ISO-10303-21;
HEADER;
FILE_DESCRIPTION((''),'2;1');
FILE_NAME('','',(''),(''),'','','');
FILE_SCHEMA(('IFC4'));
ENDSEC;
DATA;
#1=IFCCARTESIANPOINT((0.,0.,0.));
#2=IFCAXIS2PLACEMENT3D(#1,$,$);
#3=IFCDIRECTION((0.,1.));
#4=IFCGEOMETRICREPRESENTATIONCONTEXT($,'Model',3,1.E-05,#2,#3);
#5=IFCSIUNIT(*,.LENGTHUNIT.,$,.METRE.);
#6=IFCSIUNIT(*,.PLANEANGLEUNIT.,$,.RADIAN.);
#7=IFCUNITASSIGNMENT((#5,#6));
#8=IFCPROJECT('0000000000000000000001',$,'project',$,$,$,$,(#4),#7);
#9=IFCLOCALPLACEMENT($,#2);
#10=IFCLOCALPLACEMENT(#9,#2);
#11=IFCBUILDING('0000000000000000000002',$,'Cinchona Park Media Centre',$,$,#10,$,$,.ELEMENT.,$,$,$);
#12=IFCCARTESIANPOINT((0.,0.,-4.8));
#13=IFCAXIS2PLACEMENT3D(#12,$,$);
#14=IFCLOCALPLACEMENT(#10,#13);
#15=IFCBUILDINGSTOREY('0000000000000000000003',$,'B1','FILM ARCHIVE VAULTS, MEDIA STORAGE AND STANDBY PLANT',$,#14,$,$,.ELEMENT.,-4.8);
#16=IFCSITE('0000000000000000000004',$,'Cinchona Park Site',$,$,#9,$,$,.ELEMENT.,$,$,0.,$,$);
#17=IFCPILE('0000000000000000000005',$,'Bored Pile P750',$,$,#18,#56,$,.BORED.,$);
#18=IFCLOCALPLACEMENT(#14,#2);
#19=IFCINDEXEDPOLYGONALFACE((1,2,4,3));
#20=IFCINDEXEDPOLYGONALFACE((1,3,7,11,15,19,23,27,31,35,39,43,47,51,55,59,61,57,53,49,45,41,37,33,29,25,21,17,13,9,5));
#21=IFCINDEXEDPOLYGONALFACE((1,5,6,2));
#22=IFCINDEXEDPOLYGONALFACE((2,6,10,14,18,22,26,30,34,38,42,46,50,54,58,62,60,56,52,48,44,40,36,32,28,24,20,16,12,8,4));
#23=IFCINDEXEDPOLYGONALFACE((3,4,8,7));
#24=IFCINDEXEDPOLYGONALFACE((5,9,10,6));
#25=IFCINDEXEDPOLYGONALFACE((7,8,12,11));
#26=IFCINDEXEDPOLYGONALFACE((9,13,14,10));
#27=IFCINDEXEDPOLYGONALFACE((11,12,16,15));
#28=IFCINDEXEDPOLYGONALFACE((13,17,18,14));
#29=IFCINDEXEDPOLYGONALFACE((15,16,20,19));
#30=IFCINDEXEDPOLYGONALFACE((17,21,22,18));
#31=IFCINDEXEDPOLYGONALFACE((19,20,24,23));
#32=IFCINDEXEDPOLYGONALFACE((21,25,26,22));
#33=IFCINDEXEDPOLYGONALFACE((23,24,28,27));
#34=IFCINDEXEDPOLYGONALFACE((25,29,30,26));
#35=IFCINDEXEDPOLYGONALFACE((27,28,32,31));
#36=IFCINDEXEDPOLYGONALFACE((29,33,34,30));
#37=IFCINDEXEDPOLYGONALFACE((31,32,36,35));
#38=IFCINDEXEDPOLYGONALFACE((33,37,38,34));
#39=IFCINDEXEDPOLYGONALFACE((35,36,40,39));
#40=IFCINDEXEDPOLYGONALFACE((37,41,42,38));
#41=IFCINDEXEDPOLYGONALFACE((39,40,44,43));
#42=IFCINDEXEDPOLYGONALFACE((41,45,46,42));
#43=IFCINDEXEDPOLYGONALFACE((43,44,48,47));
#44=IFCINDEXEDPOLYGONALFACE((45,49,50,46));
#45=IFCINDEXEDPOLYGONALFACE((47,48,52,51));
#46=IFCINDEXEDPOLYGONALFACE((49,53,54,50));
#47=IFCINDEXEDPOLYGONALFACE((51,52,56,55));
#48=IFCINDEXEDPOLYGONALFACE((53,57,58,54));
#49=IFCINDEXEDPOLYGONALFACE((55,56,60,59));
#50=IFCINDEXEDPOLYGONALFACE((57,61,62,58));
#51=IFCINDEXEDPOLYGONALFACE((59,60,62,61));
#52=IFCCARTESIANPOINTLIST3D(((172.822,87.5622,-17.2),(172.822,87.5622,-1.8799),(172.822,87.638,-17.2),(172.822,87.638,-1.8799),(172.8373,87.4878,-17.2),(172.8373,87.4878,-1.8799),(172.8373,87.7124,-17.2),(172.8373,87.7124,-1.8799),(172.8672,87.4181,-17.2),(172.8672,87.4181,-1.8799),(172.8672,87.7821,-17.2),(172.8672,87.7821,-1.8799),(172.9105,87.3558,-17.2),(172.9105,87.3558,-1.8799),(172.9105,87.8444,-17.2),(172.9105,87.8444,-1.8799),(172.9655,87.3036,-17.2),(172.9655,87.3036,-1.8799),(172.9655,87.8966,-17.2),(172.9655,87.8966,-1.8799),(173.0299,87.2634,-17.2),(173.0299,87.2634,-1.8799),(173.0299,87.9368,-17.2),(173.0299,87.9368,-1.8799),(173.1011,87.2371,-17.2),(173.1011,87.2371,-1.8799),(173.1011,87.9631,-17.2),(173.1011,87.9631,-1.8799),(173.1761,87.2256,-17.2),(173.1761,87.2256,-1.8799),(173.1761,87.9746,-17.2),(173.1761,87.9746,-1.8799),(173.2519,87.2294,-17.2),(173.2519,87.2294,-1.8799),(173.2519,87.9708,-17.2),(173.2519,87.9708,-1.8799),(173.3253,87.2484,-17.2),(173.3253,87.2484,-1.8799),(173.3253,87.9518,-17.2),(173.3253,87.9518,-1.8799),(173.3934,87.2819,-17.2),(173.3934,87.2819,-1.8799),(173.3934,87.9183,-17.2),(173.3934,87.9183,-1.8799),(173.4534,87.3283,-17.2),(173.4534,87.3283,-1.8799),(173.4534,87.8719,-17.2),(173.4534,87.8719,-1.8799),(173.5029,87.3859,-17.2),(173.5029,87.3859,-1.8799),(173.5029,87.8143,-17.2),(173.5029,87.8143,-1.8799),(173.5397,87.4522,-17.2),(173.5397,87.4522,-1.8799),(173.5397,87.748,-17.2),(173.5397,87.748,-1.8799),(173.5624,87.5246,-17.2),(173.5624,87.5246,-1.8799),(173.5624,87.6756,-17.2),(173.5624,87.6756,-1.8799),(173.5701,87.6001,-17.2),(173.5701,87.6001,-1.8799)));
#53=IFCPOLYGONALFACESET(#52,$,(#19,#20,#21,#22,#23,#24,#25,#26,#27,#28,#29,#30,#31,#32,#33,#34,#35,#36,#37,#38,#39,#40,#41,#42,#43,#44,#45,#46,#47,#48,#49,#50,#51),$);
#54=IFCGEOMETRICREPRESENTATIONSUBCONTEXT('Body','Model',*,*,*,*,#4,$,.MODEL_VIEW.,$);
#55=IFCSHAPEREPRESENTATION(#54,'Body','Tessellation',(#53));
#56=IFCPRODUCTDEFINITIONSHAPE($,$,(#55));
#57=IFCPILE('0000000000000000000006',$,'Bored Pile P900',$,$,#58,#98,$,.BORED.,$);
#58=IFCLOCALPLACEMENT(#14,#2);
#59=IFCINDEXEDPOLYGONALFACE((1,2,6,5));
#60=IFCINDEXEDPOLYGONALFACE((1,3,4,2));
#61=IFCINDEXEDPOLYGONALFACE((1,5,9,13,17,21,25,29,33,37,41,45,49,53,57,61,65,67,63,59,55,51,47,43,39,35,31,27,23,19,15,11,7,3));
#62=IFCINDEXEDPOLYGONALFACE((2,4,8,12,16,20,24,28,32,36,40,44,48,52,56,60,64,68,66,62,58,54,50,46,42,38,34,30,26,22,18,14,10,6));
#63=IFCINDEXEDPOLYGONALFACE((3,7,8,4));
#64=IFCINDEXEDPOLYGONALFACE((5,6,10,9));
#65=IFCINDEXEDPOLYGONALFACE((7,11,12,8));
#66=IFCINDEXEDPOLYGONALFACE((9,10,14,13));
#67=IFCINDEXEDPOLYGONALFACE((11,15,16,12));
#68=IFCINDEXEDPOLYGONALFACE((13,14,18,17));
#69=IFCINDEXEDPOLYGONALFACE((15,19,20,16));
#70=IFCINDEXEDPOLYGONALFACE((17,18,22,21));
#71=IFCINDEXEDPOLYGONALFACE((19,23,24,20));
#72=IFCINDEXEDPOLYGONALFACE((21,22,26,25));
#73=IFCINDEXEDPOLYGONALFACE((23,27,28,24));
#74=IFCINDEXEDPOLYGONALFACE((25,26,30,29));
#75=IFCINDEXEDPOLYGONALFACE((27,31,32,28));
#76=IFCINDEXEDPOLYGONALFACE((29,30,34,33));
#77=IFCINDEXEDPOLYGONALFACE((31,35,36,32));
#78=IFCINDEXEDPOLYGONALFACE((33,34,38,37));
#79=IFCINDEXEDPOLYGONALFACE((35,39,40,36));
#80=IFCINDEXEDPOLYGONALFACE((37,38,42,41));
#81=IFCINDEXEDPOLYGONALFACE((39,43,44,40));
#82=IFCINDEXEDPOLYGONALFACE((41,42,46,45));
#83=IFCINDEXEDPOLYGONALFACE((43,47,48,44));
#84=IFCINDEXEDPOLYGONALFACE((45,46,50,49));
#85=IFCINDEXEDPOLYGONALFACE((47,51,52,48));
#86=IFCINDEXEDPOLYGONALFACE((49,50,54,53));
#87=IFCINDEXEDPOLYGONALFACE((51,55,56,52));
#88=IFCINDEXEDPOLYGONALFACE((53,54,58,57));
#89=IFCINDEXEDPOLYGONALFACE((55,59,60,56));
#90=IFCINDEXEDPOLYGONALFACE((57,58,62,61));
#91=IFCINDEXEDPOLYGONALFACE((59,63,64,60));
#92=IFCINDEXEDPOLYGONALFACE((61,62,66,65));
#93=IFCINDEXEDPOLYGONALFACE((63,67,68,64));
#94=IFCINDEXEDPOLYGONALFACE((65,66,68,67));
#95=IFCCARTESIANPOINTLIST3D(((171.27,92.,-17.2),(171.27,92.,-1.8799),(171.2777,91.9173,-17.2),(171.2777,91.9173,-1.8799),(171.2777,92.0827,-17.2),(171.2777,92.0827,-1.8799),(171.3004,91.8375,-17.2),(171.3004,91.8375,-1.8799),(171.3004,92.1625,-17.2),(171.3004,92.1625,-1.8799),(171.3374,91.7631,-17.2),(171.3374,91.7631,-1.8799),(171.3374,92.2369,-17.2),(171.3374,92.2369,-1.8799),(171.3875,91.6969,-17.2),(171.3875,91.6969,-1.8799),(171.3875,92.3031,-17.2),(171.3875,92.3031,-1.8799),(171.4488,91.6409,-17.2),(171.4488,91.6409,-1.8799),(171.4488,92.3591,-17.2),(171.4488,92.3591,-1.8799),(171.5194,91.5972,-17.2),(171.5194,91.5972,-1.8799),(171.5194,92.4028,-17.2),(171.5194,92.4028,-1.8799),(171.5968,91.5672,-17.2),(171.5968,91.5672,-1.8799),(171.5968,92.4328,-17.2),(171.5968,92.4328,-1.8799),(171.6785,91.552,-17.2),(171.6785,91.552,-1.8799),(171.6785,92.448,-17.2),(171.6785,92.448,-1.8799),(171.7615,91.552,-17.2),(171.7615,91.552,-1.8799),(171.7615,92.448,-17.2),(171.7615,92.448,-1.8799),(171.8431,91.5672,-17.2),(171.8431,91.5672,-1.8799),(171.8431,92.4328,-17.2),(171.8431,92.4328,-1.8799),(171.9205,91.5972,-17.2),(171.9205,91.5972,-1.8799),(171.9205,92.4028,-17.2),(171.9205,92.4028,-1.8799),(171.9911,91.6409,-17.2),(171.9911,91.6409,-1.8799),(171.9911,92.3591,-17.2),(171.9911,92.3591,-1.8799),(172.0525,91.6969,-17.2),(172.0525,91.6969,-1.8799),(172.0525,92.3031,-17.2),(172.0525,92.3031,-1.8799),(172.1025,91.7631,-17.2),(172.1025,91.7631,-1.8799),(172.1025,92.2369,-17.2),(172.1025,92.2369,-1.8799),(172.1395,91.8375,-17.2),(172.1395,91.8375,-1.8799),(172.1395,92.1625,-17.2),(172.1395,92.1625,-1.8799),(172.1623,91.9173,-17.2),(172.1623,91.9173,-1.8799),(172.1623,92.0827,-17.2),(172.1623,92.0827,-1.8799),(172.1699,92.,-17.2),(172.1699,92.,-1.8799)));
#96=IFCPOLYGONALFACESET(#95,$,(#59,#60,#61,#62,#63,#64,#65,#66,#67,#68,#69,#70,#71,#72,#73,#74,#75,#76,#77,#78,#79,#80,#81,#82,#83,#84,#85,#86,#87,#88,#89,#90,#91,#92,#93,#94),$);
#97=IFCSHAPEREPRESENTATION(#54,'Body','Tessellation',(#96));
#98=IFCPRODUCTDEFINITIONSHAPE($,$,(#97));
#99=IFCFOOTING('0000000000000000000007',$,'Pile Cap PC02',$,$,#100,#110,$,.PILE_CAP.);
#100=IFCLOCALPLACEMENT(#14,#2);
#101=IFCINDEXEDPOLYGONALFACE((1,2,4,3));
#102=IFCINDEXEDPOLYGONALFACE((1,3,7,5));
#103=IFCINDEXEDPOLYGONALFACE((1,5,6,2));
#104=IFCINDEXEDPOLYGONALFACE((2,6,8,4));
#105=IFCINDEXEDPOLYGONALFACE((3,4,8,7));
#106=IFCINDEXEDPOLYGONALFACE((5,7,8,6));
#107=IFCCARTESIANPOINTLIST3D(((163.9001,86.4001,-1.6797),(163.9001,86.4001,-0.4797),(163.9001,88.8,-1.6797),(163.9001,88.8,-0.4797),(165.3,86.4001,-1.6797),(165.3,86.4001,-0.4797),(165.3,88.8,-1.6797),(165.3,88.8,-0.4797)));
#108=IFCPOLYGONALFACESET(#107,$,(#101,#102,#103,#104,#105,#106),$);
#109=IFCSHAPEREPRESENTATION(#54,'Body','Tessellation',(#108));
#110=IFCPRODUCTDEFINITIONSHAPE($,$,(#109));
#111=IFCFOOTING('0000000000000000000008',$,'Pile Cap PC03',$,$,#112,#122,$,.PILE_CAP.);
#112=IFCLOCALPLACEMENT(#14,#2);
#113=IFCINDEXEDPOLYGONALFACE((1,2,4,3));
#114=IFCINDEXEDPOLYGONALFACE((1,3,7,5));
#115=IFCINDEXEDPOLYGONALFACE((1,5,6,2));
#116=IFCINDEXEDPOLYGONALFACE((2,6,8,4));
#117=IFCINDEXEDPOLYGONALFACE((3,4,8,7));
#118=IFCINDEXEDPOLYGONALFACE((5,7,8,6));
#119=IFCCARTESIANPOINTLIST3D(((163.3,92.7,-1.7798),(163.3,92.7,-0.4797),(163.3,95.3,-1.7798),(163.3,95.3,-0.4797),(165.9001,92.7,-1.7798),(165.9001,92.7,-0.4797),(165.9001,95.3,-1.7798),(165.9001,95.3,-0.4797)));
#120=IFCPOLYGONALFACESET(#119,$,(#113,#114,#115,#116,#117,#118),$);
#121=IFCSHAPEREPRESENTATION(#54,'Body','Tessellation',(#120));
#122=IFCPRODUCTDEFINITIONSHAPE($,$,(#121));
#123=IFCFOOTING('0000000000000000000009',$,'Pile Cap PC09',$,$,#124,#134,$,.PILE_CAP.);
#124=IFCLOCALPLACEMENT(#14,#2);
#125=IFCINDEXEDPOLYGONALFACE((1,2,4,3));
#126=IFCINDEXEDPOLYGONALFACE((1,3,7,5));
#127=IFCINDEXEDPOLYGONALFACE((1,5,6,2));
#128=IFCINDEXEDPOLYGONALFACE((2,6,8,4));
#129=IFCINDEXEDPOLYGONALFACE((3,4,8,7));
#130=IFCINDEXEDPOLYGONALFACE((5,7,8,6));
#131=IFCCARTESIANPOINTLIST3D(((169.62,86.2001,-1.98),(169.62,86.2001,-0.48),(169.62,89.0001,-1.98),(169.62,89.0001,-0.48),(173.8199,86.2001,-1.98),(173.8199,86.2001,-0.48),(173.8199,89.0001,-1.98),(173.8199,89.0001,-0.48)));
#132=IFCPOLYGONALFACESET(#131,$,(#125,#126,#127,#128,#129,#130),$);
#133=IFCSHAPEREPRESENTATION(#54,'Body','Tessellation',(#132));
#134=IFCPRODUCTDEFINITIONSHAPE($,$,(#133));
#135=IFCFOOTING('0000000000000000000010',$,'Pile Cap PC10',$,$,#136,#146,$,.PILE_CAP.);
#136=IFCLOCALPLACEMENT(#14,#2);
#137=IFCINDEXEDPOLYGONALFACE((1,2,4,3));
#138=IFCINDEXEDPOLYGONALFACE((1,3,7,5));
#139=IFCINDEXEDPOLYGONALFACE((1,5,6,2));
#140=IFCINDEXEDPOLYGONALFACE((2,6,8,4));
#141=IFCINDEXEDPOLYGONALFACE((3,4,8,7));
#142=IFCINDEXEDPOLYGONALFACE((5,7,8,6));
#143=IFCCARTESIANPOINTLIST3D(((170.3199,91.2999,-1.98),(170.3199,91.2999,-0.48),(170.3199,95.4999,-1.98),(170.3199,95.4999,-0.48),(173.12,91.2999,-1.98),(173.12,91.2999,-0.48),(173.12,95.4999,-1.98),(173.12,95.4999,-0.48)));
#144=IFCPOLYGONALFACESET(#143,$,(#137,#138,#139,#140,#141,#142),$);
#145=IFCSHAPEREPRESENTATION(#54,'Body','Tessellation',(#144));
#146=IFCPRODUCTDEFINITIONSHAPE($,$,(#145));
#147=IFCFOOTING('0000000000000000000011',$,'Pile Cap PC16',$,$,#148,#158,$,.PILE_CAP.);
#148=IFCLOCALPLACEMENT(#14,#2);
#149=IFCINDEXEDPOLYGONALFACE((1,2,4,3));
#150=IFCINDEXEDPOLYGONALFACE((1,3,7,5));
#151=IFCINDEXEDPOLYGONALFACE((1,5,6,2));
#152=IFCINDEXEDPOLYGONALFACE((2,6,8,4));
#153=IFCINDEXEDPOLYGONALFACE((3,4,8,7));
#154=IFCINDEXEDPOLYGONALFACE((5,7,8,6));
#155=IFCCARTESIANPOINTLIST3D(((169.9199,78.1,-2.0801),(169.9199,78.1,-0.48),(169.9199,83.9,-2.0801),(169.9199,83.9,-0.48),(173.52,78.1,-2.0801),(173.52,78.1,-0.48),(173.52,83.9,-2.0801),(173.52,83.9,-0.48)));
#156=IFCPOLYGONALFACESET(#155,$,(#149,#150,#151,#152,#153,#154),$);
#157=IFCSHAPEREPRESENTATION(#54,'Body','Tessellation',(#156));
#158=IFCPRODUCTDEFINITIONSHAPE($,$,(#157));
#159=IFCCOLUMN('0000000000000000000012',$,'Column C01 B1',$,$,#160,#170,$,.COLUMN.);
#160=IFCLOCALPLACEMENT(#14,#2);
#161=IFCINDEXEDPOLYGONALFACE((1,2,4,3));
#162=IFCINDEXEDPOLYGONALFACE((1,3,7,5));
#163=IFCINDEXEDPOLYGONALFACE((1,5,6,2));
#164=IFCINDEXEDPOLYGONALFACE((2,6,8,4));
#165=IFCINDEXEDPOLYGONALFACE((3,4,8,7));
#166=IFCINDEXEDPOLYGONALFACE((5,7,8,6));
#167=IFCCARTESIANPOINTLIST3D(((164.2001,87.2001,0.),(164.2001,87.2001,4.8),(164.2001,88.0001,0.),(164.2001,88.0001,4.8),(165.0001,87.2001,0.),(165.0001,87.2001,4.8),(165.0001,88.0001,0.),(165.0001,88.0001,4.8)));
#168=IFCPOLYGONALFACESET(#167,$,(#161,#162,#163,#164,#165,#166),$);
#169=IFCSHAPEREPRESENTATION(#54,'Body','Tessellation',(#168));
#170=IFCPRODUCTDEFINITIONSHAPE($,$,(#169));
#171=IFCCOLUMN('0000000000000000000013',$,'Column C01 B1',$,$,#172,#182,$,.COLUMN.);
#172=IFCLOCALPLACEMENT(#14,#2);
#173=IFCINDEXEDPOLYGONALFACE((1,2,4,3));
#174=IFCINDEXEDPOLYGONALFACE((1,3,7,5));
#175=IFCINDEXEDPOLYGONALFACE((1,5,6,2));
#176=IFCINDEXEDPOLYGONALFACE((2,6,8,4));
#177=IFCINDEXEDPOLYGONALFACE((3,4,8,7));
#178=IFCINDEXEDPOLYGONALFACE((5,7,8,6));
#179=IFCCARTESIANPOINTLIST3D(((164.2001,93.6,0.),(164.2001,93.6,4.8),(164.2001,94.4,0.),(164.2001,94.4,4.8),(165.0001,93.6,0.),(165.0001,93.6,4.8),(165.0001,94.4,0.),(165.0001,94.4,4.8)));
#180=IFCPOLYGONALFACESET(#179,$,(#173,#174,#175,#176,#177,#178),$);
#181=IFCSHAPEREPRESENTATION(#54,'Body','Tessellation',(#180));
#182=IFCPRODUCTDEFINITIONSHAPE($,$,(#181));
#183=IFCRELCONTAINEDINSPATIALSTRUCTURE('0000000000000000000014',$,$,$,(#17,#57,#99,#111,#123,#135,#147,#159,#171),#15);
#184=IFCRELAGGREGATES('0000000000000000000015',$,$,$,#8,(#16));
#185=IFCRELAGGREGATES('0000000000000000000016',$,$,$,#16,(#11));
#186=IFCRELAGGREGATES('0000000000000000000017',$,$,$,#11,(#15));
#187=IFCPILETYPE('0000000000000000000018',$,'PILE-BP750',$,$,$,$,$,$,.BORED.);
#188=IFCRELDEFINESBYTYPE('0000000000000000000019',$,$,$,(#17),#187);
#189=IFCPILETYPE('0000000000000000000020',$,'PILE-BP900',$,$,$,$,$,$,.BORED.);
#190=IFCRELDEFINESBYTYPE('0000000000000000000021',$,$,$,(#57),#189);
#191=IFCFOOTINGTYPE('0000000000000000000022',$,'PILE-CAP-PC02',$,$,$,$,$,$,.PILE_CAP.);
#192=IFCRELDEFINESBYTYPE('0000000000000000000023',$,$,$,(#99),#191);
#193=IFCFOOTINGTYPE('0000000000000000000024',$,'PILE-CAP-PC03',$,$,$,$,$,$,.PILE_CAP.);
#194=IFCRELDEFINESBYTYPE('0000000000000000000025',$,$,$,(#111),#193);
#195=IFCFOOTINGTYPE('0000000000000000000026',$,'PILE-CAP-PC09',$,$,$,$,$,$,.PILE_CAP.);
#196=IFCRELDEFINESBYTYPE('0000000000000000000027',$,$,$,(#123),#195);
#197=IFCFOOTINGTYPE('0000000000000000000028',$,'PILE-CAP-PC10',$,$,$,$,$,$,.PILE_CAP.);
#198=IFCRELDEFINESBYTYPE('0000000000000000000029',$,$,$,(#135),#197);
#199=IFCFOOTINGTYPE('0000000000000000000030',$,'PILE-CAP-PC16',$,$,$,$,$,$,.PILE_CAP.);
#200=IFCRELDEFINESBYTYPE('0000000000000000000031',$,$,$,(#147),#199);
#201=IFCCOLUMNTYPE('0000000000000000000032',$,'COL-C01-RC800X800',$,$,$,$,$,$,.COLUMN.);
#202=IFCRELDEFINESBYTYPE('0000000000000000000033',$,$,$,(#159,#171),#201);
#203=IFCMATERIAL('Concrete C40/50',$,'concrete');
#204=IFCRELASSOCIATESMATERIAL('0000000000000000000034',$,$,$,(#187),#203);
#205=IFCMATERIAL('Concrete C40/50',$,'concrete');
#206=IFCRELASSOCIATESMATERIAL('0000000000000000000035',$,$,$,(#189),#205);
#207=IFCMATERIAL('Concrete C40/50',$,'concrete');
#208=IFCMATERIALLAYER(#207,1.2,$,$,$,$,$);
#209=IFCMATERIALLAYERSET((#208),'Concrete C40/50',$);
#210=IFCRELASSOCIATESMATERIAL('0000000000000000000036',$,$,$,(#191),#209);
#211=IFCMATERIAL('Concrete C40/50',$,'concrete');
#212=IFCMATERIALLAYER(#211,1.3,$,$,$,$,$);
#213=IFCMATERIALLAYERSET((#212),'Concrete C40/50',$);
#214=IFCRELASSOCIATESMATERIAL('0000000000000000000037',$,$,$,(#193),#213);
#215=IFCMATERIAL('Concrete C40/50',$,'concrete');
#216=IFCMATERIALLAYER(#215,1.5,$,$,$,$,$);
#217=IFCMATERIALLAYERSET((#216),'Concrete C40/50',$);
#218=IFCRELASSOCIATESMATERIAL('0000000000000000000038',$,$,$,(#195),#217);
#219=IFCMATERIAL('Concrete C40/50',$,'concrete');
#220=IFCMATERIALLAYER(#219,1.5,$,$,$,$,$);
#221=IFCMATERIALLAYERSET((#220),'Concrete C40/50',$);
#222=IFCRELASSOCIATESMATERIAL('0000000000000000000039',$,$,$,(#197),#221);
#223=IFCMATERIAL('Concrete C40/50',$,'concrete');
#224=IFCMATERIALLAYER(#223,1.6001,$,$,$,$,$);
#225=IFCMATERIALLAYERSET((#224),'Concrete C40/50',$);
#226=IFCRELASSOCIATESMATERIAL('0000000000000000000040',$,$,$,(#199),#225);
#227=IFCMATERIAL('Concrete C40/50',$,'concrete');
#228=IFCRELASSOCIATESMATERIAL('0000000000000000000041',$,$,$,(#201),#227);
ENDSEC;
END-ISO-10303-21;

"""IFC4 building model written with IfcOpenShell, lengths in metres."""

from ifc_helpers import new_model, si_unit, direction, frame, origin, origin_2d, place, context, subcontext, project, spatial, rectangle, circle, extrude, material, layer, layer_set, material_profile, profile_set, type_object, element, save


model = new_model("IFC4")

# Units and contexts
model_context = context("Model", 3, precision=1e-05, world=origin(), true_north=direction((0.0, 1.0)))
body_context = subcontext(model_context, "Body", "Model", "MODEL_VIEW")
ifc_project = project(units=[si_unit("LENGTHUNIT", "METRE"), si_unit("PLANEANGLEUNIT", "RADIAN")], contexts=[model_context])

# Site, building, storey
site_placement = place(None, origin())
site = spatial("IfcSite", under=ifc_project, at=site_placement, Name="Cinchona Park Site", CompositionType="ELEMENT", RefElevation=0.0)
building_placement = place(site_placement, origin())
building = spatial("IfcBuilding", under=site, at=building_placement, Name="Cinchona Park Media Centre", CompositionType="ELEMENT")
storey_placement = place(building_placement, frame((0.0, 0.0, -4.8)))
storey = spatial("IfcBuildingStorey", under=building, at=storey_placement, Name="B1", Description="FILM ARCHIVE VAULTS, MEDIA STORAGE AND STANDBY PLANT", CompositionType="ELEMENT", Elevation=-4.8)

# Piles
ifc_material_1 = material(Name="Concrete C40/50", Category="concrete")
ifc_material_profile_1 = material_profile(ifc_material_1, circle(Radius=0.375, at=origin_2d()), Name="BORED PILE 750")
ifc_profile_set_1 = profile_set([ifc_material_profile_1], Name="Concrete C40/50")
pile_type_1 = type_object("IfcPileType", Name="PILE-BP750", PredefinedType="BORED", material=ifc_profile_set_1)
for number, where, z_axis, x_axis, name in (
    (1, (173.1951, 87.6001, -1.8799), (0.0, 0.0, -1.0), (1.0, 0.0, 0.0), "Bored Pile P750"),
):
    element("IfcPile", number, at=place(storey_placement, frame(where, z_axis=z_axis, x_axis=x_axis)), inside=storey, type_object=pile_type_1, Name=name, PredefinedType="BORED", context=body_context, shape_type="SweptSolid", body=[
        extrude(circle(Radius=0.375, at=origin_2d()), origin(), (0.0, 0.0, 1.0), 15.3201),
    ])
ifc_material_2 = material(Name="Concrete C40/50", Category="concrete")
ifc_material_profile_2 = material_profile(ifc_material_2, circle(Radius=0.45, at=origin_2d()), Name="BORED PILE 900")
ifc_profile_set_2 = profile_set([ifc_material_profile_2], Name="Concrete C40/50")
pile_type_2 = type_object("IfcPileType", Name="PILE-BP900", PredefinedType="BORED", material=ifc_profile_set_2)
pile_1_placement = place(storey_placement, frame((171.72, 92.0, -1.8799), z_axis=(0.0, 0.0, -1.0), x_axis=(1.0, 0.0, 0.0)))
element("IfcPile", 2, at=pile_1_placement, inside=storey, type_object=pile_type_2, Name="Bored Pile P900", PredefinedType="BORED", context=body_context, shape_type="SweptSolid", body=[
    extrude(circle(Radius=0.45, at=origin_2d()), origin(), (0.0, 0.0, 1.0), 15.3201),
])

# Footings
ifc_material_3 = material(Name="Concrete C40/50", Category="concrete")
ifc_layer_1 = layer(ifc_material_3, 1.2)
ifc_layer_set_1 = layer_set([ifc_layer_1], Name="Concrete C40/50")
footing_type_1 = type_object("IfcFootingType", Name="PILE-CAP-PC02", PredefinedType="PILE_CAP", material=ifc_layer_set_1)
footing_1_placement = place(storey_placement, frame((164.6001, 87.6001, -1.6797), z_axis=(0.0, 0.0, 1.0), x_axis=(1.0, 0.0, 0.0)))
element("IfcFooting", 3, at=footing_1_placement, inside=storey, type_object=footing_type_1, Name="Pile Cap PC02", PredefinedType="PILE_CAP", context=body_context, shape_type="SweptSolid", body=[
    extrude(rectangle(XDim=1.3999, YDim=2.3999, at=origin_2d()), origin(), (0.0, 0.0, 1.0), 1.2),
])
ifc_material_4 = material(Name="Concrete C40/50", Category="concrete")
ifc_layer_2 = layer(ifc_material_4, 1.3)
ifc_layer_set_2 = layer_set([ifc_layer_2], Name="Concrete C40/50")
footing_type_2 = type_object("IfcFootingType", Name="PILE-CAP-PC03", PredefinedType="PILE_CAP", material=ifc_layer_set_2)
footing_2_placement = place(storey_placement, frame((164.6001, 94.0, -1.7798), z_axis=(0.0, 0.0, 1.0), x_axis=(1.0, 0.0, 0.0)))
element("IfcFooting", 4, at=footing_2_placement, inside=storey, type_object=footing_type_2, Name="Pile Cap PC03", PredefinedType="PILE_CAP", context=body_context, shape_type="SweptSolid", body=[
    extrude(rectangle(XDim=2.6001, YDim=2.6001, at=origin_2d()), origin(), (0.0, 0.0, 1.0), 1.3),
])
ifc_material_5 = material(Name="Concrete C40/50", Category="concrete")
ifc_layer_3 = layer(ifc_material_5, 1.5)
ifc_layer_set_3 = layer_set([ifc_layer_3], Name="Concrete C40/50")
footing_type_3 = type_object("IfcFootingType", Name="PILE-CAP-PC09", PredefinedType="PILE_CAP", material=ifc_layer_set_3)
footing_3_placement = place(storey_placement, frame((171.72, 87.6001, -1.98), z_axis=(0.0, 0.0, 1.0), x_axis=(1.0, 0.0, 0.0)))
element("IfcFooting", 5, at=footing_3_placement, inside=storey, type_object=footing_type_3, Name="Pile Cap PC09", PredefinedType="PILE_CAP", context=body_context, shape_type="SweptSolid", body=[
    extrude(rectangle(XDim=4.2, YDim=2.8, at=origin_2d()), origin(), (0.0, 0.0, 1.0), 1.5),
])
ifc_material_6 = material(Name="Concrete C40/50", Category="concrete")
ifc_layer_4 = layer(ifc_material_6, 1.5)
ifc_layer_set_4 = layer_set([ifc_layer_4], Name="Concrete C40/50")
footing_type_4 = type_object("IfcFootingType", Name="PILE-CAP-PC10", PredefinedType="PILE_CAP", material=ifc_layer_set_4)
footing_4_placement = place(storey_placement, frame((171.72, 93.3999, -1.98), z_axis=(0.0, 0.0, 1.0), x_axis=(1.0, 0.0, 0.0)))
element("IfcFooting", 6, at=footing_4_placement, inside=storey, type_object=footing_type_4, Name="Pile Cap PC10", PredefinedType="PILE_CAP", context=body_context, shape_type="SweptSolid", body=[
    extrude(rectangle(XDim=2.8, YDim=4.2, at=origin_2d()), origin(), (0.0, 0.0, 1.0), 1.5),
])
ifc_material_7 = material(Name="Concrete C40/50", Category="concrete")
ifc_layer_5 = layer(ifc_material_7, 1.6001)
ifc_layer_set_5 = layer_set([ifc_layer_5], Name="Concrete C40/50")
footing_type_5 = type_object("IfcFootingType", Name="PILE-CAP-PC16", PredefinedType="PILE_CAP", material=ifc_layer_set_5)
footing_5_placement = place(storey_placement, frame((171.72, 81.0, -2.0801), z_axis=(0.0, 0.0, 1.0), x_axis=(1.0, 0.0, 0.0)))
element("IfcFooting", 7, at=footing_5_placement, inside=storey, type_object=footing_type_5, Name="Pile Cap PC16", PredefinedType="PILE_CAP", context=body_context, shape_type="SweptSolid", body=[
    extrude(rectangle(XDim=3.6001, YDim=5.8, at=origin_2d()), origin(), (0.0, 0.0, 1.0), 1.6001),
])

# Columns
ifc_material_8 = material(Name="Concrete C40/50", Category="concrete")
ifc_material_profile_3 = material_profile(ifc_material_8, rectangle(XDim=0.8, YDim=0.8, at=origin_2d()), Name="RC 800X800")
ifc_profile_set_3 = profile_set([ifc_material_profile_3], Name="Concrete C40/50")
column_type_1 = type_object("IfcColumnType", Name="COL-C01-RC800X800", PredefinedType="COLUMN", material=ifc_profile_set_3)
for number, where, z_axis, x_axis, name in (
    (8, (164.6001, 87.6001, 0.0), (0.0, 0.0, 1.0), (1.0, 0.0, 0.0), "Column C01 B1"),
    (9, (164.6001, 94.0, 0.0), (0.0, 0.0, 1.0), (1.0, 0.0, 0.0), "Column C01 B1"),
):
    element("IfcColumn", number, at=place(storey_placement, frame(where, z_axis=z_axis, x_axis=x_axis)), inside=storey, type_object=column_type_1, Name=name, PredefinedType="COLUMN", context=body_context, shape_type="SweptSolid", body=[
        extrude(rectangle(XDim=0.8, YDim=0.8, at=origin_2d()), origin(), (0.0, 0.0, 1.0), 4.8),
    ])

save(model, "model.ifc")
